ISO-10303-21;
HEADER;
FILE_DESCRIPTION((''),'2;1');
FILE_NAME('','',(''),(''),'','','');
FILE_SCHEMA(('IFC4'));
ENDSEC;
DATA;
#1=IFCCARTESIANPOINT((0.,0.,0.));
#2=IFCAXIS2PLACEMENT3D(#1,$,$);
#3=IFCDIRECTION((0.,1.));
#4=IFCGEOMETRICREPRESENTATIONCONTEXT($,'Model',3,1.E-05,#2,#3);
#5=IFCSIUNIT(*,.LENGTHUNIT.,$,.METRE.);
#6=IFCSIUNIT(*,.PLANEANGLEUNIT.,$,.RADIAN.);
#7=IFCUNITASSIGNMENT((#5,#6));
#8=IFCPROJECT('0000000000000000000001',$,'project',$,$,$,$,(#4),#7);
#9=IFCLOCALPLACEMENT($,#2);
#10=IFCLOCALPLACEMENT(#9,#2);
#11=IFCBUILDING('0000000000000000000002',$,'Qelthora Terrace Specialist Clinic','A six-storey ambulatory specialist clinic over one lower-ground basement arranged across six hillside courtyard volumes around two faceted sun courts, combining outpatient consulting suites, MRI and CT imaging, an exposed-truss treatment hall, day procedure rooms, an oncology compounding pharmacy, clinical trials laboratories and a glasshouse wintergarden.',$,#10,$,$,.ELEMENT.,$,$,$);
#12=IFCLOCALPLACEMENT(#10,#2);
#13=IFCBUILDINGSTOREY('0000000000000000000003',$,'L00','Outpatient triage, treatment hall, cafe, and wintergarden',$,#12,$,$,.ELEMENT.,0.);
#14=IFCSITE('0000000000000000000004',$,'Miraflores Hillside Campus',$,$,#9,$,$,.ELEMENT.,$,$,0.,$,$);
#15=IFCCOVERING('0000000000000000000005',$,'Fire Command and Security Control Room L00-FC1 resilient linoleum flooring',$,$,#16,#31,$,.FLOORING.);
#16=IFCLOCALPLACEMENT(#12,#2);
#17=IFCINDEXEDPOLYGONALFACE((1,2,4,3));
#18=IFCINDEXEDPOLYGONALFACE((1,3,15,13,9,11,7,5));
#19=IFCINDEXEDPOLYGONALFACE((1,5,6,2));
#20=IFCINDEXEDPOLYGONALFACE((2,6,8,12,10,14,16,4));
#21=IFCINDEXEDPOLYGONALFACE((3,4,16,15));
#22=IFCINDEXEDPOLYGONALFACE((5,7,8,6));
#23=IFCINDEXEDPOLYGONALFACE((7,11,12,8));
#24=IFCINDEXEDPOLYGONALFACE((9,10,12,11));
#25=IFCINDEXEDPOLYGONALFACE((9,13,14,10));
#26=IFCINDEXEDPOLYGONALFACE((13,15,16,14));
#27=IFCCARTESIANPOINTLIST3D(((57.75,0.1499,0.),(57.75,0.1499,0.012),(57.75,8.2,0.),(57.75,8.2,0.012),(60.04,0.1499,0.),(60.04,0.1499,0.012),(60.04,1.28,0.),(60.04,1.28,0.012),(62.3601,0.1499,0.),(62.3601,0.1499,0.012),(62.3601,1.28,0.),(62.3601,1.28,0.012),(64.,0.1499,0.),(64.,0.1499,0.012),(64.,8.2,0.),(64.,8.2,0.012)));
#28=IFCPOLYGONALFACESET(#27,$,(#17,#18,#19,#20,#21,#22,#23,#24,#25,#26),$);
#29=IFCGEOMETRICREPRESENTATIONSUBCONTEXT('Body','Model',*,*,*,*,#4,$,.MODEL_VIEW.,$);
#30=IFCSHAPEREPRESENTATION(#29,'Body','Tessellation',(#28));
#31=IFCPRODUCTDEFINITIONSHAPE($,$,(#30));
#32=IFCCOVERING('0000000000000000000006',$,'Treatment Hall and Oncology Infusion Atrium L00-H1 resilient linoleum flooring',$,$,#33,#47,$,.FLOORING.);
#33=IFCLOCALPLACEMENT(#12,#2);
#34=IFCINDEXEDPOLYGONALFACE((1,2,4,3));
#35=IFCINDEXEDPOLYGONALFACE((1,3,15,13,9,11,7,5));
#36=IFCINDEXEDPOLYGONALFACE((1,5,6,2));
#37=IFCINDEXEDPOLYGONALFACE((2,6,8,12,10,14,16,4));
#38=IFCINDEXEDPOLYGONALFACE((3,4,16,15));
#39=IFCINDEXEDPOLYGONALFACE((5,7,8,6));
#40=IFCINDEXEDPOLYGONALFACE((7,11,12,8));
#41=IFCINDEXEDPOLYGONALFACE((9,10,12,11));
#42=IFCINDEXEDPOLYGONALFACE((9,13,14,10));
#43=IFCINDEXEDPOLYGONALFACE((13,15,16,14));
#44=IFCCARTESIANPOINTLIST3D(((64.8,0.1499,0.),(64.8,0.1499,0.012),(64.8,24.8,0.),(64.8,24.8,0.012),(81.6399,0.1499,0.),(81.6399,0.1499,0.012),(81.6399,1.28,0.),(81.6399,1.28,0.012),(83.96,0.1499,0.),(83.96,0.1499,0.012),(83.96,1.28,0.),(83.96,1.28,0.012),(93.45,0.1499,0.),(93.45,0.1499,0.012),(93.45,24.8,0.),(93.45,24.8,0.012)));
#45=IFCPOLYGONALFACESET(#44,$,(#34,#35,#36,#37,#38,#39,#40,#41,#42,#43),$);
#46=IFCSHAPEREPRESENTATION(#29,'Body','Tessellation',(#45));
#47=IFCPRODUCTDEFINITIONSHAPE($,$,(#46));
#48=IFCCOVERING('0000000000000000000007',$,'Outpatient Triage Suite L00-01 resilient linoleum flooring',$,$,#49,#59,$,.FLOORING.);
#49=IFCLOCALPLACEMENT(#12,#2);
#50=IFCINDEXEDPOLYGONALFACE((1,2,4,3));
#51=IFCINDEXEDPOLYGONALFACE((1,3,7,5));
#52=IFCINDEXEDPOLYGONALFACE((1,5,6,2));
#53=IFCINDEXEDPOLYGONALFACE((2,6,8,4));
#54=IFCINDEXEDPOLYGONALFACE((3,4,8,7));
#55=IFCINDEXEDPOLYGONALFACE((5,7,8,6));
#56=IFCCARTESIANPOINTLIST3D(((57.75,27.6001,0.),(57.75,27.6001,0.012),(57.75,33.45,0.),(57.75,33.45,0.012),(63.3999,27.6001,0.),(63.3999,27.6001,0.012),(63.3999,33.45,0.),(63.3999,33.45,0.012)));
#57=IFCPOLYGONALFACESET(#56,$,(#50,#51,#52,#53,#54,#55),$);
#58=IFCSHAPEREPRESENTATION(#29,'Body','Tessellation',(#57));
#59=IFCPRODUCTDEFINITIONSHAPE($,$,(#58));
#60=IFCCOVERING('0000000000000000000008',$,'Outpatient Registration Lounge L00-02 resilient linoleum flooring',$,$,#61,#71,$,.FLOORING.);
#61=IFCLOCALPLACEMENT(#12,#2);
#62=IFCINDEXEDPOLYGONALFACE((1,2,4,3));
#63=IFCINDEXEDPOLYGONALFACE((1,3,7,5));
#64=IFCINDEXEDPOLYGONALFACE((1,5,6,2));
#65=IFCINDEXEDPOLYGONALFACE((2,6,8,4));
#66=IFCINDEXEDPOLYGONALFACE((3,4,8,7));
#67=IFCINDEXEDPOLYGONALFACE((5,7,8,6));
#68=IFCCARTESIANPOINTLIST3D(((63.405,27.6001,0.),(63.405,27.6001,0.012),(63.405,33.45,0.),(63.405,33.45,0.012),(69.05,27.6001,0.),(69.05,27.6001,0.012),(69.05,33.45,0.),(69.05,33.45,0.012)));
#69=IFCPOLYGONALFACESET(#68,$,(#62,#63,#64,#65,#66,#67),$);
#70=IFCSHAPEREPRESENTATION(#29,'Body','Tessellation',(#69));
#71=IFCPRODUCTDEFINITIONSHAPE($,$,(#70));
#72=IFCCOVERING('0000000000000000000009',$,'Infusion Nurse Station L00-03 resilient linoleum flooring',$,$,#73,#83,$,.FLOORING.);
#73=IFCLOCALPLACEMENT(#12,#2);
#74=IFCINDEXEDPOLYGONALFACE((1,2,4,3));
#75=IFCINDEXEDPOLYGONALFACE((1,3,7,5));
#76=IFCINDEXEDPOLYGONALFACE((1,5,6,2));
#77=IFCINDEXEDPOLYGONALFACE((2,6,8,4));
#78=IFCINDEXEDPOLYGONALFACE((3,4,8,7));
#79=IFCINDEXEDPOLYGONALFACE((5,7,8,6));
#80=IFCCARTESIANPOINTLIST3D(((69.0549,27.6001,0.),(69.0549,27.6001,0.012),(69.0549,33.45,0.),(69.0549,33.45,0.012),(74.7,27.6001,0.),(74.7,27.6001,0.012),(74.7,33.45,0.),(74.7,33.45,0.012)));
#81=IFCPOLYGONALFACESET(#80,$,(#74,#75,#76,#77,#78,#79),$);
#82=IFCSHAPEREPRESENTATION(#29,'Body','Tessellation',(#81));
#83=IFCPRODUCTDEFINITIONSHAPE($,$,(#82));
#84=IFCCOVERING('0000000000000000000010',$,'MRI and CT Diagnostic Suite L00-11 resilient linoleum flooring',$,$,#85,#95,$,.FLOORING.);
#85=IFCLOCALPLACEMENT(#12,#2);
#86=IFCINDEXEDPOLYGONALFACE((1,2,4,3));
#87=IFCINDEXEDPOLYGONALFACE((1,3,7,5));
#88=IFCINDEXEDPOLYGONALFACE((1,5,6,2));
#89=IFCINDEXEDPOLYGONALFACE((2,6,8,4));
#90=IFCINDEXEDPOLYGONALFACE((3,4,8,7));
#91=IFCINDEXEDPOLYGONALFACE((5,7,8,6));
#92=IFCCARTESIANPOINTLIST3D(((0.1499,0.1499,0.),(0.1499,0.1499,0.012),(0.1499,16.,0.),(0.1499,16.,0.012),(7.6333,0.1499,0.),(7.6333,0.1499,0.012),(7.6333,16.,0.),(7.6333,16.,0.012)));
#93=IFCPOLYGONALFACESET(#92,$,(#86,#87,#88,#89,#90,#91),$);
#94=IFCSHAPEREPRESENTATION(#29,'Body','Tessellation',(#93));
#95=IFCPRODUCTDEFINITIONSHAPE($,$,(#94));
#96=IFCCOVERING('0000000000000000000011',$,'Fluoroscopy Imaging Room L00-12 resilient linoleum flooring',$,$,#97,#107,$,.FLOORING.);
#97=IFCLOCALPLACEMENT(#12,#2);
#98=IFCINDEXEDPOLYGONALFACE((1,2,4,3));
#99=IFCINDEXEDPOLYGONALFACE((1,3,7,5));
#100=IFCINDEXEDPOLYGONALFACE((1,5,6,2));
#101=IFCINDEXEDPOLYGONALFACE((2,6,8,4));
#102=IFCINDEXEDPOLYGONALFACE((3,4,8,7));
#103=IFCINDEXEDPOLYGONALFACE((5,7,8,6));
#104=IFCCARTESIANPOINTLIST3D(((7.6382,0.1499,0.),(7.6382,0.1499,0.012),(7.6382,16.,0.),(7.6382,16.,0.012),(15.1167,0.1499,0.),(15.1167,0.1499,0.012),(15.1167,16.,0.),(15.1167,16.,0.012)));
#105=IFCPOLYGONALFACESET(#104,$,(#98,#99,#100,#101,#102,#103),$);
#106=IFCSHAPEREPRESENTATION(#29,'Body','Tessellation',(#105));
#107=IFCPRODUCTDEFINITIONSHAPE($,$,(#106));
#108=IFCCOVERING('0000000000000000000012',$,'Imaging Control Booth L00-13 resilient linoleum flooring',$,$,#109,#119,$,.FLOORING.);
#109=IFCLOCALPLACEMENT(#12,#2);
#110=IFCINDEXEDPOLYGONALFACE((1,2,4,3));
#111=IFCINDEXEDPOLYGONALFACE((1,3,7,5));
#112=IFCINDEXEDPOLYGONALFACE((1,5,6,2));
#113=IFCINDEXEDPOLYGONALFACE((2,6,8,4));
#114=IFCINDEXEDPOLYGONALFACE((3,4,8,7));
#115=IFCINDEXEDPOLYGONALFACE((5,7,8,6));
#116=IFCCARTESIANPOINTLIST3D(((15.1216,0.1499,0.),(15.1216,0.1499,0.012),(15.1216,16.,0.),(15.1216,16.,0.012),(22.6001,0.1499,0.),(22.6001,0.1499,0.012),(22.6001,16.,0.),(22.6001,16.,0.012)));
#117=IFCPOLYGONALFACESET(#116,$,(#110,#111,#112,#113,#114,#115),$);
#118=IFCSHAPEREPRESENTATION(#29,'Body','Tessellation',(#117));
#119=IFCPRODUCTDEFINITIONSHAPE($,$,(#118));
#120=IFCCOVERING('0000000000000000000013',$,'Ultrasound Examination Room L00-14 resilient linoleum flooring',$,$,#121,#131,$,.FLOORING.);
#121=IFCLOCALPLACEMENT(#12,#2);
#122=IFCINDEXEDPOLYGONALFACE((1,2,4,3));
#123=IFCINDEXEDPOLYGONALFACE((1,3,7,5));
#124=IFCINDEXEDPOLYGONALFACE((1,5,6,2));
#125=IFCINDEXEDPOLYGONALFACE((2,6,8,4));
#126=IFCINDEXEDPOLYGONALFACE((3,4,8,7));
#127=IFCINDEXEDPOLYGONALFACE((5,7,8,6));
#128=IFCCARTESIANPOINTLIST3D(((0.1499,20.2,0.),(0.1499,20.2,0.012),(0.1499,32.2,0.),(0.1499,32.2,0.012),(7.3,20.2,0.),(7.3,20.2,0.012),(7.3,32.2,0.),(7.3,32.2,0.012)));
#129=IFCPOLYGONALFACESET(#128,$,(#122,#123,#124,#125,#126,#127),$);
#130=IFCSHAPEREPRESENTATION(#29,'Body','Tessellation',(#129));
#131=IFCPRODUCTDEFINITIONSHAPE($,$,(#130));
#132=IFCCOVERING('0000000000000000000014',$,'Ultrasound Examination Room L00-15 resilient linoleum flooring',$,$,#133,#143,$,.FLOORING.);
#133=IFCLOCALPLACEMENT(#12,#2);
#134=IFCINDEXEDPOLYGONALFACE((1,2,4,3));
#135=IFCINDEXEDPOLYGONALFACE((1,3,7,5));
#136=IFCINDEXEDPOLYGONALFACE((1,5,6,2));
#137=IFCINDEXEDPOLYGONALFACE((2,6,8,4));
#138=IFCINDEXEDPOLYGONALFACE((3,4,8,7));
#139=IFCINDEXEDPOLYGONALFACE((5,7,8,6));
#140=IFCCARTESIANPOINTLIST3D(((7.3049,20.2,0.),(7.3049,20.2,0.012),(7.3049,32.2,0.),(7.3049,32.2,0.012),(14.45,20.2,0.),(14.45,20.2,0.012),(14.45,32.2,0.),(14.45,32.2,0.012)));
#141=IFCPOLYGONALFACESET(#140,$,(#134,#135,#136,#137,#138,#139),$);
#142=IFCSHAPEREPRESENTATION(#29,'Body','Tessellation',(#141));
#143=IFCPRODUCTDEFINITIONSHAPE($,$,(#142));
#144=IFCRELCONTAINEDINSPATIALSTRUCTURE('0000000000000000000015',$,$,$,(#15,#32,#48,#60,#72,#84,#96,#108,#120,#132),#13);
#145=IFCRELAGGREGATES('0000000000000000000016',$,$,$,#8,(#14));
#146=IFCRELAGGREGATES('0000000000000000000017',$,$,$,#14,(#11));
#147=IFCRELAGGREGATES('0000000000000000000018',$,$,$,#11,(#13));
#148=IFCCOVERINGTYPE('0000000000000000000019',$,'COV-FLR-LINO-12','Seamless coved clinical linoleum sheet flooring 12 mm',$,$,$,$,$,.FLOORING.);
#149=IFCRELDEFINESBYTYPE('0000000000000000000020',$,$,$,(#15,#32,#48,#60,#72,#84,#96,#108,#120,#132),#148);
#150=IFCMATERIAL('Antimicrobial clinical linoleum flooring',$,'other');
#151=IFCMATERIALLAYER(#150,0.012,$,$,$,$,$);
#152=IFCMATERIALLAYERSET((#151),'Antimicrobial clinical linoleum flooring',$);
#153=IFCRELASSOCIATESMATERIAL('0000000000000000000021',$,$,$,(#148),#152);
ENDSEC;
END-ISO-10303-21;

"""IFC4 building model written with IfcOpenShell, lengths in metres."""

from ifc_helpers import new_model, si_unit, direction, origin, place, context, subcontext, project, spatial, polyline, outline, extrude, material, layer, layer_set, type_object, element, save


model = new_model("IFC4")

# Units and contexts
model_context = context("Model", 3, precision=1e-05, world=origin(), true_north=direction((0.0, 1.0)))
body_context = subcontext(model_context, "Body", "Model", "MODEL_VIEW")
ifc_project = project(units=[si_unit("LENGTHUNIT", "METRE"), si_unit("PLANEANGLEUNIT", "RADIAN")], contexts=[model_context])

# Site, building, storey
site_placement = place(None, origin())
site = spatial("IfcSite", under=ifc_project, at=site_placement, Name="Miraflores Hillside Campus", CompositionType="ELEMENT", RefElevation=0.0)
building_placement = place(site_placement, origin())
building = spatial("IfcBuilding", under=site, at=building_placement, Name="Qelthora Terrace Specialist Clinic", Description="A six-storey ambulatory specialist clinic over one lower-ground basement arranged across six hillside courtyard volumes around two faceted sun courts, combining outpatient consulting suites, MRI and CT imaging, an exposed-truss treatment hall, day procedure rooms, an oncology compounding pharmacy, clinical trials laboratories and a glasshouse wintergarden.", CompositionType="ELEMENT")
storey_placement = place(building_placement, origin())
storey = spatial("IfcBuildingStorey", under=building, at=storey_placement, Name="L00", Description="Outpatient triage, treatment hall, cafe, and wintergarden", CompositionType="ELEMENT", Elevation=0.0)

# Coverings
ifc_material_1 = material(Name="Antimicrobial clinical linoleum flooring", Category="other")
ifc_layer_1 = layer(ifc_material_1, 0.012)
ifc_layer_set_1 = layer_set([ifc_layer_1], Name="Antimicrobial clinical linoleum flooring")
covering_type = type_object("IfcCoveringType", Name="COV-FLR-LINO-12", Description="Seamless coved clinical linoleum sheet flooring 12 mm", PredefinedType="FLOORING", material=ifc_layer_set_1)
covering_1_placement = place(storey_placement, origin())
element("IfcCovering", 1, at=covering_1_placement, inside=storey, type_object=covering_type, Name="Fire Command and Security Control Room L00-FC1 resilient linoleum flooring", PredefinedType="FLOORING", context=body_context, shape_type="SweptSolid", body=[
    extrude(outline(polyline([(64.0, 0.1499), (62.3601, 0.1499), (62.3601, 1.28), (60.04, 1.28), (60.04, 0.1499), (57.75, 0.1499), (57.75, 8.2), (64.0, 8.2), (64.0, 0.1499)])), origin(), (0.0, 0.0, 1.0), 0.012),
])
covering_2_placement = place(storey_placement, origin())
element("IfcCovering", 2, at=covering_2_placement, inside=storey, type_object=covering_type, Name="Treatment Hall and Oncology Infusion Atrium L00-H1 resilient linoleum flooring", PredefinedType="FLOORING", context=body_context, shape_type="SweptSolid", body=[
    extrude(outline(polyline([(83.96, 0.1499), (83.96, 1.28), (81.6399, 1.28), (81.6399, 0.1499), (64.8, 0.1499), (64.8, 24.8), (93.45, 24.8), (93.45, 0.1499), (83.96, 0.1499)])), origin(), (0.0, 0.0, 1.0), 0.012),
])
covering_3_placement = place(storey_placement, origin())
element("IfcCovering", 3, at=covering_3_placement, inside=storey, type_object=covering_type, Name="Outpatient Triage Suite L00-01 resilient linoleum flooring", PredefinedType="FLOORING", context=body_context, shape_type="SweptSolid", body=[
    extrude(outline(polyline([(57.75, 27.6001), (57.75, 33.45), (63.3999, 33.45), (63.3999, 27.6001), (57.75, 27.6001)])), origin(), (0.0, 0.0, 1.0), 0.012),
])
covering_4_placement = place(storey_placement, origin())
element("IfcCovering", 4, at=covering_4_placement, inside=storey, type_object=covering_type, Name="Outpatient Registration Lounge L00-02 resilient linoleum flooring", PredefinedType="FLOORING", context=body_context, shape_type="SweptSolid", body=[
    extrude(outline(polyline([(63.405, 27.6001), (63.405, 33.45), (69.05, 33.45), (69.05, 27.6001), (63.405, 27.6001)])), origin(), (0.0, 0.0, 1.0), 0.012),
])
covering_5_placement = place(storey_placement, origin())
element("IfcCovering", 5, at=covering_5_placement, inside=storey, type_object=covering_type, Name="Infusion Nurse Station L00-03 resilient linoleum flooring", PredefinedType="FLOORING", context=body_context, shape_type="SweptSolid", body=[
    extrude(outline(polyline([(69.0549, 27.6001), (69.0549, 33.45), (74.7, 33.45), (74.7, 27.6001), (69.0549, 27.6001)])), origin(), (0.0, 0.0, 1.0), 0.012),
])
covering_6_placement = place(storey_placement, origin())
element("IfcCovering", 6, at=covering_6_placement, inside=storey, type_object=covering_type, Name="MRI and CT Diagnostic Suite L00-11 resilient linoleum flooring", PredefinedType="FLOORING", context=body_context, shape_type="SweptSolid", body=[
    extrude(outline(polyline([(0.1499, 0.1499), (0.1499, 16.0), (7.6333, 16.0), (7.6333, 0.1499), (0.1499, 0.1499)])), origin(), (0.0, 0.0, 1.0), 0.012),
])
covering_7_placement = place(storey_placement, origin())
element("IfcCovering", 7, at=covering_7_placement, inside=storey, type_object=covering_type, Name="Fluoroscopy Imaging Room L00-12 resilient linoleum flooring", PredefinedType="FLOORING", context=body_context, shape_type="SweptSolid", body=[
    extrude(outline(polyline([(7.6382, 0.1499), (7.6382, 16.0), (15.1167, 16.0), (15.1167, 0.1499), (7.6382, 0.1499)])), origin(), (0.0, 0.0, 1.0), 0.012),
])
covering_8_placement = place(storey_placement, origin())
element("IfcCovering", 8, at=covering_8_placement, inside=storey, type_object=covering_type, Name="Imaging Control Booth L00-13 resilient linoleum flooring", PredefinedType="FLOORING", context=body_context, shape_type="SweptSolid", body=[
    extrude(outline(polyline([(15.1216, 0.1499), (15.1216, 16.0), (22.6001, 16.0), (22.6001, 0.1499), (15.1216, 0.1499)])), origin(), (0.0, 0.0, 1.0), 0.012),
])
covering_9_placement = place(storey_placement, origin())
element("IfcCovering", 9, at=covering_9_placement, inside=storey, type_object=covering_type, Name="Ultrasound Examination Room L00-14 resilient linoleum flooring", PredefinedType="FLOORING", context=body_context, shape_type="SweptSolid", body=[
    extrude(outline(polyline([(0.1499, 20.2), (0.1499, 32.2), (7.3, 32.2), (7.3, 20.2), (0.1499, 20.2)])), origin(), (0.0, 0.0, 1.0), 0.012),
])
covering_10_placement = place(storey_placement, origin())
element("IfcCovering", 10, at=covering_10_placement, inside=storey, type_object=covering_type, Name="Ultrasound Examination Room L00-15 resilient linoleum flooring", PredefinedType="FLOORING", context=body_context, shape_type="SweptSolid", body=[
    extrude(outline(polyline([(7.3049, 20.2), (7.3049, 32.2), (14.45, 32.2), (14.45, 20.2), (7.3049, 20.2)])), origin(), (0.0, 0.0, 1.0), 0.012),
])

save(model, "model.ifc")
